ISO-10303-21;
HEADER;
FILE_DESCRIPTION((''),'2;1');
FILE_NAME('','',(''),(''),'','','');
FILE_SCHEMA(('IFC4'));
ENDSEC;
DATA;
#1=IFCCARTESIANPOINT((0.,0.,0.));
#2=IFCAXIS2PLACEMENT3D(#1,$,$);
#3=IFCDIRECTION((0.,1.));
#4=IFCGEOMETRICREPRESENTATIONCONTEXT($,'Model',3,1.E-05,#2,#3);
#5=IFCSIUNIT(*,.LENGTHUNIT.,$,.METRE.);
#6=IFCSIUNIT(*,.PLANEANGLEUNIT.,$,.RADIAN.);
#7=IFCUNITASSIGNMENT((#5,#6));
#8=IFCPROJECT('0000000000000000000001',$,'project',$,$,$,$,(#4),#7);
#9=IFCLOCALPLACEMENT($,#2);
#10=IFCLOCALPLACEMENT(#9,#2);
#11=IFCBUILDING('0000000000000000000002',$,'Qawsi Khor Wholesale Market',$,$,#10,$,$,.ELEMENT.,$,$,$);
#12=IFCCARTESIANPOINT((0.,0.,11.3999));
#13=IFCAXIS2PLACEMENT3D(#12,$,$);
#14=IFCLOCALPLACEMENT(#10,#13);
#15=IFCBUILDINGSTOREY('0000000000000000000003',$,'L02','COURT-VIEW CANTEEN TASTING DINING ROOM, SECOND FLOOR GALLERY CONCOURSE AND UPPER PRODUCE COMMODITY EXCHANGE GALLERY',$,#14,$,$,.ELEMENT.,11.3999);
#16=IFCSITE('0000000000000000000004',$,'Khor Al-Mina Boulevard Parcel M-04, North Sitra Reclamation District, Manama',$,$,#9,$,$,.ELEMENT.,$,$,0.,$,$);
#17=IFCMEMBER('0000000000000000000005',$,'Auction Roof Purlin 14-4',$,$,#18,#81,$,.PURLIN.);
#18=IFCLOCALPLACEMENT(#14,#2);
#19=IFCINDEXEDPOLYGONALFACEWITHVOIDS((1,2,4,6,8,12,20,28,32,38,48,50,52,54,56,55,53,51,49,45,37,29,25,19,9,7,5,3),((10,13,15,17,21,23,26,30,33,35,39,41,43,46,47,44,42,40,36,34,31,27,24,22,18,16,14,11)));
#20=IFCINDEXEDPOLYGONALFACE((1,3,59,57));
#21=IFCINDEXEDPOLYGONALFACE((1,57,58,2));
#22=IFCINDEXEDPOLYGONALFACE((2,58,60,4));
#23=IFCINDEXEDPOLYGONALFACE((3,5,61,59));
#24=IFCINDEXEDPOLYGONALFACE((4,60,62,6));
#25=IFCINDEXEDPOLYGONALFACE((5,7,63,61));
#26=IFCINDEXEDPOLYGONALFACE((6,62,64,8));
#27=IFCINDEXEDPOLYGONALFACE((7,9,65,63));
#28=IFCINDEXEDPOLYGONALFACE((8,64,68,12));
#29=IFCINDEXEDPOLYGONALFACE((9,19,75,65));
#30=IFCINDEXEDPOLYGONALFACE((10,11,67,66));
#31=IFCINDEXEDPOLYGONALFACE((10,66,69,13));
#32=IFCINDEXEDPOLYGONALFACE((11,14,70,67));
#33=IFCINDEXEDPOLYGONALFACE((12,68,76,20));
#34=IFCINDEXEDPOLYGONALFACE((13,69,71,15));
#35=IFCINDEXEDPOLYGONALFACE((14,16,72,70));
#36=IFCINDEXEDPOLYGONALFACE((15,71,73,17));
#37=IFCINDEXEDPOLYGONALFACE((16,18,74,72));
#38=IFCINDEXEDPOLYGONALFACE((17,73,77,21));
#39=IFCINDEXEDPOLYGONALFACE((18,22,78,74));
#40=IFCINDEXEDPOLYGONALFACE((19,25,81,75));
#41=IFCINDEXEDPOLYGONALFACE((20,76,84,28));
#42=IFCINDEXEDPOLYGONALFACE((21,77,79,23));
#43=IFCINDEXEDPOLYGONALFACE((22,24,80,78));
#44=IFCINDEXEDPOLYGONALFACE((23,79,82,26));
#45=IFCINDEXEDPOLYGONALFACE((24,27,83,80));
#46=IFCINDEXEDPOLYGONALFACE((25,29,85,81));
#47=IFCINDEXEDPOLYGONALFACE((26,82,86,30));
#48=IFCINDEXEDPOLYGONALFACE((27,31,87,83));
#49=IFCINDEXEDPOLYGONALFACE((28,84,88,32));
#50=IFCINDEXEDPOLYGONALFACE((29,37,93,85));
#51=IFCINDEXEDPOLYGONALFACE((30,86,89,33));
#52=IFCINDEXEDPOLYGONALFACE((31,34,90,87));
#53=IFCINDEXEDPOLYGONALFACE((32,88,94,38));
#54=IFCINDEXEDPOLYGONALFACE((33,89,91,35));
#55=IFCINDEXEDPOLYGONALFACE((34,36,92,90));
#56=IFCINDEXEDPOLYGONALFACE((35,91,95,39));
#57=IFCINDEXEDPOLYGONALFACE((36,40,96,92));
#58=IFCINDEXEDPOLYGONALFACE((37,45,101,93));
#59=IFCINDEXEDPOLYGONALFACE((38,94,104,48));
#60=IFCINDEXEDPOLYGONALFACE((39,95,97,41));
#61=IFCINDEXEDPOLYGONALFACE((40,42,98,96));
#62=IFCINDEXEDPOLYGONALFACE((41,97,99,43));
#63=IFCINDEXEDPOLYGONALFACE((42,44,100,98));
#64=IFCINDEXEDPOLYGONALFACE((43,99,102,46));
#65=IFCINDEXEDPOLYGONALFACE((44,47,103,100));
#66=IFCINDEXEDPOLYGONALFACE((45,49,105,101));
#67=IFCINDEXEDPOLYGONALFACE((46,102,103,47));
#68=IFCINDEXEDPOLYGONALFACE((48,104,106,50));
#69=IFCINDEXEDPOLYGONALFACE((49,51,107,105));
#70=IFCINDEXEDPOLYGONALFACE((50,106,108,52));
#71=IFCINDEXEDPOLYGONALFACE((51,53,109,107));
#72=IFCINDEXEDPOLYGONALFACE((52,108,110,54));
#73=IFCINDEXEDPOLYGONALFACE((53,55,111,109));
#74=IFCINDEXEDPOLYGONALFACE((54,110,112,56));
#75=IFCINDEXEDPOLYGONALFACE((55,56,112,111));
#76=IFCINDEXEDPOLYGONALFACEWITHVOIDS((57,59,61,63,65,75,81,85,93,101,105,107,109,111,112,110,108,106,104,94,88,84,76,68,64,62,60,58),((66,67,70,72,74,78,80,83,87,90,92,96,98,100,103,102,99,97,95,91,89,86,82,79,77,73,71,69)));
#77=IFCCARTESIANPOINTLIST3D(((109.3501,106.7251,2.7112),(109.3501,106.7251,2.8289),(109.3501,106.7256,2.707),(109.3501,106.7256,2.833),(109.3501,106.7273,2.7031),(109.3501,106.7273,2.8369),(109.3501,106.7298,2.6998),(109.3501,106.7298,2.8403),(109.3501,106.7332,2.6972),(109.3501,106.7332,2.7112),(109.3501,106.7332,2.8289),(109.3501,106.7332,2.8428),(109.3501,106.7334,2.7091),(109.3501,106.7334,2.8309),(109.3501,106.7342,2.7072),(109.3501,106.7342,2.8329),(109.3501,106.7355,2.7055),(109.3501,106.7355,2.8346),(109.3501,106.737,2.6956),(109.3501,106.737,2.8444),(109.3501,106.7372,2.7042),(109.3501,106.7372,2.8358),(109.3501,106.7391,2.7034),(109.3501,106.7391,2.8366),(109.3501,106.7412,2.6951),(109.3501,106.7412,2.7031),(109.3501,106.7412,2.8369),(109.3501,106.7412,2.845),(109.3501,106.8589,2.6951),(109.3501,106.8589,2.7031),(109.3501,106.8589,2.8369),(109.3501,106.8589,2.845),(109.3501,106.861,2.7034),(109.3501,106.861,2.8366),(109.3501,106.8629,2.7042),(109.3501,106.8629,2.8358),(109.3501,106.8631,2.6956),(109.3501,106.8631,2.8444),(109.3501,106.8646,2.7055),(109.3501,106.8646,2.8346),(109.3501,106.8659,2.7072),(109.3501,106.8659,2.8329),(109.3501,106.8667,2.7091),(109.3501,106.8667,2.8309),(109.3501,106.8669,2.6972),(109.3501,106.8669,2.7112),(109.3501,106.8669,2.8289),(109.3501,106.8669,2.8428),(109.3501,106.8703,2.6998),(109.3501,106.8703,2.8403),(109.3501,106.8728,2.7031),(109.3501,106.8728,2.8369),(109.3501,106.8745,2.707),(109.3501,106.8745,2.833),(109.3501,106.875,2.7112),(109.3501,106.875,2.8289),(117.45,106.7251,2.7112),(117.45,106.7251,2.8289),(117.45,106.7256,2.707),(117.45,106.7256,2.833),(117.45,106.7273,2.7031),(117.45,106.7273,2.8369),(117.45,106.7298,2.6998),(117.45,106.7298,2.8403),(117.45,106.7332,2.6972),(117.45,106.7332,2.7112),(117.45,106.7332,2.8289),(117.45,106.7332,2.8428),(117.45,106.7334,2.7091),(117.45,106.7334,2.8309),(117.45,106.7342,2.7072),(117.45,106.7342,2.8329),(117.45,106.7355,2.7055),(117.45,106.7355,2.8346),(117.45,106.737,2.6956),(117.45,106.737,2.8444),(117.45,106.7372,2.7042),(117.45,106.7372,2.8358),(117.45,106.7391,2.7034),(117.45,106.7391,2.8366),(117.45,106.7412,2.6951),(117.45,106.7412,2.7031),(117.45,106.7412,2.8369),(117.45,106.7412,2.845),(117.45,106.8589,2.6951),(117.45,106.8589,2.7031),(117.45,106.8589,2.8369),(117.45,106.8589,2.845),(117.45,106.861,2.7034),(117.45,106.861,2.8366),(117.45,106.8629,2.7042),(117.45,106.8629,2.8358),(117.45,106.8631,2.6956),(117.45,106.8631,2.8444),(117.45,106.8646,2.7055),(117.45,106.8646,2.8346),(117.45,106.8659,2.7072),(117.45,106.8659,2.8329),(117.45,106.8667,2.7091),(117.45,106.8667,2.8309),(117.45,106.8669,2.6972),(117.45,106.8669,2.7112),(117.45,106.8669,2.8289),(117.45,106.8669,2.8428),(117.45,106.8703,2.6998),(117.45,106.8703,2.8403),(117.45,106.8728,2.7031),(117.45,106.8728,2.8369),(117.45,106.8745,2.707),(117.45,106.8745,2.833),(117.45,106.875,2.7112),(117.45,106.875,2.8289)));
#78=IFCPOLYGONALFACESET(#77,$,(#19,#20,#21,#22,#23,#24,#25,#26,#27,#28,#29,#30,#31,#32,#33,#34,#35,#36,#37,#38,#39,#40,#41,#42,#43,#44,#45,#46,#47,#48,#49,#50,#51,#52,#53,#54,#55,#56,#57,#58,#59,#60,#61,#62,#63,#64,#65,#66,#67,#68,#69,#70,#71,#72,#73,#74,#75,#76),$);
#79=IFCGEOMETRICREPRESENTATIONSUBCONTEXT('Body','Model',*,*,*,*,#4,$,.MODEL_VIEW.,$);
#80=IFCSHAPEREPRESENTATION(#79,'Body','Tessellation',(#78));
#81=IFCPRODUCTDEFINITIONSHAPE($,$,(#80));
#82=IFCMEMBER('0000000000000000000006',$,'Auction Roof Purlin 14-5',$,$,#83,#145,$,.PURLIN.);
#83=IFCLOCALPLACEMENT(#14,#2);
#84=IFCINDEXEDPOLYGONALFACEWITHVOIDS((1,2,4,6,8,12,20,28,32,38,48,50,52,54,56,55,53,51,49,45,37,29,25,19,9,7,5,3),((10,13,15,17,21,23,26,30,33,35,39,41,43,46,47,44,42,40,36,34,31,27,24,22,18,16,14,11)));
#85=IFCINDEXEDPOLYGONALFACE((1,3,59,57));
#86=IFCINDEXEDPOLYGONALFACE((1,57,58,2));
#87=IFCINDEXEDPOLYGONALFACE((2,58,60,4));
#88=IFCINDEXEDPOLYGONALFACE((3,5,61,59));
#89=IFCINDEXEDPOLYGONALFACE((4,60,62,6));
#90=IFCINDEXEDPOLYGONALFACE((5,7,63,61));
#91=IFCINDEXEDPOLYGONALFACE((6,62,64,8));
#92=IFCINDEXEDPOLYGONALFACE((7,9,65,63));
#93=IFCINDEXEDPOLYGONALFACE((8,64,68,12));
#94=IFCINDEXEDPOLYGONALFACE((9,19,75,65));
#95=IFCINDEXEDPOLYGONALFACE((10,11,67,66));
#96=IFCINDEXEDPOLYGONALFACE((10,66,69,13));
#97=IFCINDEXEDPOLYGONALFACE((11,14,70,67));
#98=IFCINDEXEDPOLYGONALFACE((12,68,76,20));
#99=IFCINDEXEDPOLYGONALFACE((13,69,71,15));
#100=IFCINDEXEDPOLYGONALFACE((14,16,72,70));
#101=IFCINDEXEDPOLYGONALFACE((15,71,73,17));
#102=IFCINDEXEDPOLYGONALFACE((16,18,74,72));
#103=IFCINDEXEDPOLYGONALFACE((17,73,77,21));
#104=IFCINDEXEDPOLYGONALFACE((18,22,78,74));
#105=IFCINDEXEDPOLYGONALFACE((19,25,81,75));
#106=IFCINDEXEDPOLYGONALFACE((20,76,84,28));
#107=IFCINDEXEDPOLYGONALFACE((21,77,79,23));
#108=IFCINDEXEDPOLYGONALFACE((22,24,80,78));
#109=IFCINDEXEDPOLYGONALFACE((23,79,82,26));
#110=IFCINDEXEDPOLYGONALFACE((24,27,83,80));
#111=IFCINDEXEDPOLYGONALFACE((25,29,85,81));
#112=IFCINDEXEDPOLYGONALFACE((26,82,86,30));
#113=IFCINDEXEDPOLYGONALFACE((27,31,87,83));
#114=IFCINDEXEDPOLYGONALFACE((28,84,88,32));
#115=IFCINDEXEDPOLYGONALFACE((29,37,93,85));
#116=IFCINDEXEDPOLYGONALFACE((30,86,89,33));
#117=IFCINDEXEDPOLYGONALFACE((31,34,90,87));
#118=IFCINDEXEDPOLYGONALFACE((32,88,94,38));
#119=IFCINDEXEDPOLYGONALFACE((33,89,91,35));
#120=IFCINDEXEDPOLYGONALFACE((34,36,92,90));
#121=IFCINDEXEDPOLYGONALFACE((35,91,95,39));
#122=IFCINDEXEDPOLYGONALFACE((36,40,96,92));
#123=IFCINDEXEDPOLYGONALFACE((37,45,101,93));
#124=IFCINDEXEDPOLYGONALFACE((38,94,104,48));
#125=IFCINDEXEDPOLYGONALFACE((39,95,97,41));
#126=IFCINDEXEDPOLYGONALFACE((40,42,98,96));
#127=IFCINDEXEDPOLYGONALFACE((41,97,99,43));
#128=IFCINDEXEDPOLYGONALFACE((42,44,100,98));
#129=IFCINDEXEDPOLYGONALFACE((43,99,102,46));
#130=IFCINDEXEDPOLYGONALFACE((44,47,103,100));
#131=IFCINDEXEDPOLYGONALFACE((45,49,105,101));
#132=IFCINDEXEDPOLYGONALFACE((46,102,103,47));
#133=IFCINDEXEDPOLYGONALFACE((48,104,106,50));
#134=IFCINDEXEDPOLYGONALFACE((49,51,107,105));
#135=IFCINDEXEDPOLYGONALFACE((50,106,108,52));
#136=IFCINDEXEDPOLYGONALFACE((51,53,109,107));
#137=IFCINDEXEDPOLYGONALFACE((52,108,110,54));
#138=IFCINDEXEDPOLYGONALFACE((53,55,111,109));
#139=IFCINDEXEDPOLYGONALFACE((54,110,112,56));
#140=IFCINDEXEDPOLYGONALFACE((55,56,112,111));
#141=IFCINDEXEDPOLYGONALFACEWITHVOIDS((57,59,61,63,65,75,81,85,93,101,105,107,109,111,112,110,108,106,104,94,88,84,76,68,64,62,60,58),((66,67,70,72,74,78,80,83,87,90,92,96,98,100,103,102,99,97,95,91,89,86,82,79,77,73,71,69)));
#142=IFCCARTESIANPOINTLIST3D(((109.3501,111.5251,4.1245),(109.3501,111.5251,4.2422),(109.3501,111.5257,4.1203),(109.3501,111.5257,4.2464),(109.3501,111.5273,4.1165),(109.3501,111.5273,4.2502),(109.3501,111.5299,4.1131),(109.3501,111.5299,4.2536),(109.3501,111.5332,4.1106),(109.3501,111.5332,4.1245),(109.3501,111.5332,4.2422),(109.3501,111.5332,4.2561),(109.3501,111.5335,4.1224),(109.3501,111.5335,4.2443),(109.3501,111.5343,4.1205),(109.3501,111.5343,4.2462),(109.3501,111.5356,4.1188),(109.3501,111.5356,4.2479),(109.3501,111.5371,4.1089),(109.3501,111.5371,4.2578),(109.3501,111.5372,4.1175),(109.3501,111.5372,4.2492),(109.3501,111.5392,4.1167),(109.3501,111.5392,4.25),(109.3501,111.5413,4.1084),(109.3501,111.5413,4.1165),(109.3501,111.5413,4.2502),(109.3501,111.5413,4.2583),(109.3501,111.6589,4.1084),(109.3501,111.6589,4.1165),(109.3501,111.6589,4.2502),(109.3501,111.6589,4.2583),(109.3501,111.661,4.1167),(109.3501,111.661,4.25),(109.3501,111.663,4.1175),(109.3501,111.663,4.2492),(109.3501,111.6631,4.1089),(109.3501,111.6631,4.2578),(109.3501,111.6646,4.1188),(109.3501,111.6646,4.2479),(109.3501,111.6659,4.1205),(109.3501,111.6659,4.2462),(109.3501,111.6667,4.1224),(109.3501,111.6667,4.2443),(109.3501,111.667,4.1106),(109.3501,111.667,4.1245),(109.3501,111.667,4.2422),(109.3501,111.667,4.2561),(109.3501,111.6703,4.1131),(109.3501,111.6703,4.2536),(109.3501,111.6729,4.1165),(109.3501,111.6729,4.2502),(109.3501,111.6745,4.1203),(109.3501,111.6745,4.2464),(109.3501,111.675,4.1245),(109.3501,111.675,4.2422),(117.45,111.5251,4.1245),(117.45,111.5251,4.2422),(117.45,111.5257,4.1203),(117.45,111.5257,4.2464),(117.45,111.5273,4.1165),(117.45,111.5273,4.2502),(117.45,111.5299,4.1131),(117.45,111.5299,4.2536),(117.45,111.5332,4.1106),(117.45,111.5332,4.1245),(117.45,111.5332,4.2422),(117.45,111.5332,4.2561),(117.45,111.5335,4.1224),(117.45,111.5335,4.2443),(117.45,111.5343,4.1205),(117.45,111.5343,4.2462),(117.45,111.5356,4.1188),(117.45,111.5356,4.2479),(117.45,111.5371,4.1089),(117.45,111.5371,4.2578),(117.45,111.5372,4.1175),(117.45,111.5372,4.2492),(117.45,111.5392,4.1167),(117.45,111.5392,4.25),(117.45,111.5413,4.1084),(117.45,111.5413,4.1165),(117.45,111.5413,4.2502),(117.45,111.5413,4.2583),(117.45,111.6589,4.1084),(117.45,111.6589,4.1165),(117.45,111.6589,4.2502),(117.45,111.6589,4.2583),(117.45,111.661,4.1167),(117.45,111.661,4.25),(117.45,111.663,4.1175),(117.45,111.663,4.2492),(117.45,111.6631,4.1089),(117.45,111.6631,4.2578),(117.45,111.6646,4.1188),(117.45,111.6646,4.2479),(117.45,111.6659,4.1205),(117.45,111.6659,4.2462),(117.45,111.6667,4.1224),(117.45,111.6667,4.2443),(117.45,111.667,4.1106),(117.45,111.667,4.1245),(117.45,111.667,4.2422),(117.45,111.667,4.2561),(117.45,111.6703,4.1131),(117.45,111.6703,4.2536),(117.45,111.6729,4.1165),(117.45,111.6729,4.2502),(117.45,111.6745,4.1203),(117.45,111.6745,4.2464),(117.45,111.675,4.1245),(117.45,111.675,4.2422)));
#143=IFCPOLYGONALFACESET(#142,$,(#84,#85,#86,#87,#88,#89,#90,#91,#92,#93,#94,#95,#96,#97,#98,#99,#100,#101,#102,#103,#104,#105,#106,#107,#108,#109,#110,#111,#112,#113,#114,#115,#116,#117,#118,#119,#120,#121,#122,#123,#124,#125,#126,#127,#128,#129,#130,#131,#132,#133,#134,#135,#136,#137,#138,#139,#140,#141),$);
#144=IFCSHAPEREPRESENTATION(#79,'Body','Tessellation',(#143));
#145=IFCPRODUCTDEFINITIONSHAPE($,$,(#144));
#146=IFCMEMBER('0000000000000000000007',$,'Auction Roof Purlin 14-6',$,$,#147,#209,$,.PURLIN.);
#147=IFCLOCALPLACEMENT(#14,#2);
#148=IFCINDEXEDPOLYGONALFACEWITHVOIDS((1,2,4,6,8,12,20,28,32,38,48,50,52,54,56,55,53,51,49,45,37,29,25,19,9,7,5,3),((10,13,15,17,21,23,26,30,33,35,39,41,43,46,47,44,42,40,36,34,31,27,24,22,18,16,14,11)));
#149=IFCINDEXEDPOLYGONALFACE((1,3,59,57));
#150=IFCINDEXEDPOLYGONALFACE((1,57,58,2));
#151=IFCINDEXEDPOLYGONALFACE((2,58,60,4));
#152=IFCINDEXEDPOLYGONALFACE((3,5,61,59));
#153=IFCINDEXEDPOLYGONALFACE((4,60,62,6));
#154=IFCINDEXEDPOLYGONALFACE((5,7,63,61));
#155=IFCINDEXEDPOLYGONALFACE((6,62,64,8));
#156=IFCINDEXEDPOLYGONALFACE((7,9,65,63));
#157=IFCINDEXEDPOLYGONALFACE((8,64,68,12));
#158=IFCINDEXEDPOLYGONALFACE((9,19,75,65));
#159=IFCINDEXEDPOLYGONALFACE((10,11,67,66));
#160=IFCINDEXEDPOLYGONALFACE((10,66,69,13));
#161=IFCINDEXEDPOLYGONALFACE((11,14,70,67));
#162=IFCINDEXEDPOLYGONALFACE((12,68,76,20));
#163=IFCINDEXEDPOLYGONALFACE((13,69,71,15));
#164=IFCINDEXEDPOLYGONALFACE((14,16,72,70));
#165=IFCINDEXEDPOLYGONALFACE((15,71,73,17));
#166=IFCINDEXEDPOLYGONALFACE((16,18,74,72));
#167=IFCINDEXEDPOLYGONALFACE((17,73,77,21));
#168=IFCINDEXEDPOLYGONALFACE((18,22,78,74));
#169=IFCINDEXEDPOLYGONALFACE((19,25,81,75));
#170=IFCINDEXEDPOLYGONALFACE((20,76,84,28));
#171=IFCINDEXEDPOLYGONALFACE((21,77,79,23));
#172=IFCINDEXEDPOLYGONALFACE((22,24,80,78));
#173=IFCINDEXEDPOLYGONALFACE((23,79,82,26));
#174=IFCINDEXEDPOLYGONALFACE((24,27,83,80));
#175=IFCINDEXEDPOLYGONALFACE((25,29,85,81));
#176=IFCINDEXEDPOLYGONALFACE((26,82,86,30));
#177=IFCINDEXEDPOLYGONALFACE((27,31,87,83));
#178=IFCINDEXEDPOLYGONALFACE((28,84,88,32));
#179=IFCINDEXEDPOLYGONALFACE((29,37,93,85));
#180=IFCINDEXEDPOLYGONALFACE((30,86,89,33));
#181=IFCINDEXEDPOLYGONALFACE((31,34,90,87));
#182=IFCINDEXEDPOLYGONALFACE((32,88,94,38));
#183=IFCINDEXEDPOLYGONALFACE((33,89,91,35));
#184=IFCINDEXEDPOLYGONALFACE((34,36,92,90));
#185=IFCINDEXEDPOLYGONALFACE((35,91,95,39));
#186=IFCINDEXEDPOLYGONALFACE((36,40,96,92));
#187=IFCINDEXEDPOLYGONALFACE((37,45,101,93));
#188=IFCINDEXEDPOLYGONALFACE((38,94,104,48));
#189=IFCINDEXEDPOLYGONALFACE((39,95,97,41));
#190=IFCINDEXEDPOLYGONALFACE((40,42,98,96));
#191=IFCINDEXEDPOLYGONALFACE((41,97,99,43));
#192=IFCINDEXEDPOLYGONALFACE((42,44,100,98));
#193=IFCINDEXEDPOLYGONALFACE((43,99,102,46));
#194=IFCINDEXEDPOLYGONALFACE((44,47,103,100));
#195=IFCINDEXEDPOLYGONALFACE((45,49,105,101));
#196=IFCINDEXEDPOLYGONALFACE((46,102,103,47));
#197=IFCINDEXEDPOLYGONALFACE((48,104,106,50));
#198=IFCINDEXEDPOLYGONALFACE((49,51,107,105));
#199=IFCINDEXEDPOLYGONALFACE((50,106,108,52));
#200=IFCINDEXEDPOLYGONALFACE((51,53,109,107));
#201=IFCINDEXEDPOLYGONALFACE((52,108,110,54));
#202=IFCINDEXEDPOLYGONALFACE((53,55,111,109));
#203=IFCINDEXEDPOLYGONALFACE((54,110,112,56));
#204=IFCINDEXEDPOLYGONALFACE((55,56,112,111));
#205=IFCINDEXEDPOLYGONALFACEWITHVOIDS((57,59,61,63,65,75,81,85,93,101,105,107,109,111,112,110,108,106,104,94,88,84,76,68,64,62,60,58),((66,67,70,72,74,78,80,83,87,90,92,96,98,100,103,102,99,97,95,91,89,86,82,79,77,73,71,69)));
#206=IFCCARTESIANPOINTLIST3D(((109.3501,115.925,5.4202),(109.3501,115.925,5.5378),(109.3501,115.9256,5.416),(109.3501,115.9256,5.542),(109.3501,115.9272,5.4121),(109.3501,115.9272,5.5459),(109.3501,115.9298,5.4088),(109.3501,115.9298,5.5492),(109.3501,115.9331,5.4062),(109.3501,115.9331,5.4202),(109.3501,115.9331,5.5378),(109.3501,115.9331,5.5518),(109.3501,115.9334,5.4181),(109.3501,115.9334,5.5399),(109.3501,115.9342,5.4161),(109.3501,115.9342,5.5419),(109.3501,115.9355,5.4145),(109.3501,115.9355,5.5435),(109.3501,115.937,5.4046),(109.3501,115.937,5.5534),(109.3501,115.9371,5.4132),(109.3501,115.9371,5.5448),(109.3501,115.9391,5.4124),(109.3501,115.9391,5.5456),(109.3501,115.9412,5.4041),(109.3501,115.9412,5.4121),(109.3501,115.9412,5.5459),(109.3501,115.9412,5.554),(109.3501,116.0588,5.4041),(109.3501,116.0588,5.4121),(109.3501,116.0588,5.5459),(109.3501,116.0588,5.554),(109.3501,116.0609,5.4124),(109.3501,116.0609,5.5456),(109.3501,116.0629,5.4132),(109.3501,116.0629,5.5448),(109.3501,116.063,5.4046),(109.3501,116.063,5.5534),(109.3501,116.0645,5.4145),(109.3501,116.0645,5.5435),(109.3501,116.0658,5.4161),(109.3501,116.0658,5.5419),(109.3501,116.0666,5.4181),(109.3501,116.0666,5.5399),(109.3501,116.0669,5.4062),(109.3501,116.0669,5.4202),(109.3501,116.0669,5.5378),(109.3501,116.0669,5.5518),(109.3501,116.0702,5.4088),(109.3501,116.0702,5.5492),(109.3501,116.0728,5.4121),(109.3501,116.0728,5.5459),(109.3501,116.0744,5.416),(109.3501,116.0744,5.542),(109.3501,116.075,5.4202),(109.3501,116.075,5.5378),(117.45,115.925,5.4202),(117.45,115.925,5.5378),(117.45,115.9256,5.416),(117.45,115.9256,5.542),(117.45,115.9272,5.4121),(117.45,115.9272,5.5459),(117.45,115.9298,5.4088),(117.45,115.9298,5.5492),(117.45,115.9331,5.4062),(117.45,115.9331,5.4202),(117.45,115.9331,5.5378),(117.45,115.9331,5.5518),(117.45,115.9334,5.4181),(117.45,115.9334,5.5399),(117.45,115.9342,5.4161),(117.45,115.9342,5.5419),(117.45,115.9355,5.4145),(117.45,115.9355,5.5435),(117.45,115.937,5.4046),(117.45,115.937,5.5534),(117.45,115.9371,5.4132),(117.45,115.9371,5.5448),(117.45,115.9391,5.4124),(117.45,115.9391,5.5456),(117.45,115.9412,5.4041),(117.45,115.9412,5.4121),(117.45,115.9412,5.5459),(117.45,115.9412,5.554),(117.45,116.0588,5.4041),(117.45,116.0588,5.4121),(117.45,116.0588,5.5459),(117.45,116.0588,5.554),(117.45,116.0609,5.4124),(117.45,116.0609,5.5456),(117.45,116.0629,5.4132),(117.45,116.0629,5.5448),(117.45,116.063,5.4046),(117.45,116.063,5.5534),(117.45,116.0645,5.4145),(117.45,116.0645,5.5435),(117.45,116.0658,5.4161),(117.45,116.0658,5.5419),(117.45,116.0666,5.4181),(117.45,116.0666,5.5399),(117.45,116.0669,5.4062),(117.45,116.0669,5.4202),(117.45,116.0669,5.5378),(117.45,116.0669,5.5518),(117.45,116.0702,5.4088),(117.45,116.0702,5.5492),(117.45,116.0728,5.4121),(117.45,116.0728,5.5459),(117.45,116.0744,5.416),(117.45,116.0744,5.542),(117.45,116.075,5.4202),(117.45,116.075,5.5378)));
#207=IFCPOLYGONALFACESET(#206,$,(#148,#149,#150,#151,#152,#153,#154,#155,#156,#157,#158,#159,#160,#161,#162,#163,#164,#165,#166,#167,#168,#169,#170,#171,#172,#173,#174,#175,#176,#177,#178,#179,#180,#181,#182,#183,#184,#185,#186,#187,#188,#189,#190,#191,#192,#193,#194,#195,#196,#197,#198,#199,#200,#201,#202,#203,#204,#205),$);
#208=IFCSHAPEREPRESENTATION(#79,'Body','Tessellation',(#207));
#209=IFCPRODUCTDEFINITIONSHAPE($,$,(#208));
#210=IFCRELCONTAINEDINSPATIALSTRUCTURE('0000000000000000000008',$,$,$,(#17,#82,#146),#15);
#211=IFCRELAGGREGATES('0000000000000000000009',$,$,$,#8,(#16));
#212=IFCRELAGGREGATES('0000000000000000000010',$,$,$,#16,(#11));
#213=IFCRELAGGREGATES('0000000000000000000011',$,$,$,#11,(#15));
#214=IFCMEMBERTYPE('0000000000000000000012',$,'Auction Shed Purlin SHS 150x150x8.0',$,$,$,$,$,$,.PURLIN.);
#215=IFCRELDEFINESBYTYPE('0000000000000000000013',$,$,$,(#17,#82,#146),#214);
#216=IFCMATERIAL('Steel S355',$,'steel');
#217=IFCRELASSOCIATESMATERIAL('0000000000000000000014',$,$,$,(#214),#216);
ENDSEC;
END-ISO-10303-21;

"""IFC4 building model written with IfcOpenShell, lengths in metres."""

from ifc_helpers import new_model, si_unit, direction, frame, origin, origin_2d, place, context, subcontext, project, spatial, hollow_rectangle, extrude, material, material_profile, profile_set, type_object, element, save


model = new_model("IFC4")

# Units and contexts
model_context = context("Model", 3, precision=1e-05, world=origin(), true_north=direction((0.0, 1.0)))
body_context = subcontext(model_context, "Body", "Model", "MODEL_VIEW")
ifc_project = project(units=[si_unit("LENGTHUNIT", "METRE"), si_unit("PLANEANGLEUNIT", "RADIAN")], contexts=[model_context])

# Site, building, storey
site_placement = place(None, origin())
site = spatial("IfcSite", under=ifc_project, at=site_placement, Name="Khor Al-Mina Boulevard Parcel M-04, North Sitra Reclamation District, Manama", CompositionType="ELEMENT", RefElevation=0.0)
building_placement = place(site_placement, origin())
building = spatial("IfcBuilding", under=site, at=building_placement, Name="Qawsi Khor Wholesale Market", CompositionType="ELEMENT")
storey_placement = place(building_placement, frame((0.0, 0.0, 11.3999)))
storey = spatial("IfcBuildingStorey", under=building, at=storey_placement, Name="L02", Description="COURT-VIEW CANTEEN TASTING DINING ROOM, SECOND FLOOR GALLERY CONCOURSE AND UPPER PRODUCE COMMODITY EXCHANGE GALLERY", CompositionType="ELEMENT", Elevation=11.3999)

# Members
ifc_material_1 = material(Name="Steel S355", Category="steel")
ifc_material_profile_1 = material_profile(ifc_material_1, hollow_rectangle(XDim=0.1499, YDim=0.1499, WallThickness=0.0081, InnerFilletRadius=0.0081, OuterFilletRadius=0.0161, at=origin_2d()), Name="SHS 150x150x8.0")
ifc_profile_set_1 = profile_set([ifc_material_profile_1], Name="Steel S355")
member_type_1 = type_object("IfcMemberType", Name="Auction Shed Purlin SHS 150x150x8.0", PredefinedType="PURLIN", material=ifc_profile_set_1)
for number, where, z_axis, x_axis, name in (
    (1, (109.3501, 106.8, 2.77), (1.0, 0.0, 0.0), (0.0, 1.0, 0.0), "Auction Roof Purlin 14-4"),
    (2, (109.3501, 111.6001, 4.1833), (1.0, 0.0, 0.0), (0.0, 1.0, 0.0), "Auction Roof Purlin 14-5"),
    (3, (109.3501, 116.0, 5.479), (1.0, 0.0, 0.0), (0.0, 1.0, 0.0), "Auction Roof Purlin 14-6"),
):
    element("IfcMember", number, at=place(storey_placement, frame(where, z_axis=z_axis, x_axis=x_axis)), inside=storey, type_object=member_type_1, Name=name, PredefinedType="PURLIN", context=body_context, shape_type="SweptSolid", body=[
        extrude(hollow_rectangle(XDim=0.1499, YDim=0.1499, WallThickness=0.0081, InnerFilletRadius=0.0081, OuterFilletRadius=0.0161, at=origin_2d()), origin(), (0.0, 0.0, 1.0), 8.0999),
    ])

save(model, "model.ifc")
